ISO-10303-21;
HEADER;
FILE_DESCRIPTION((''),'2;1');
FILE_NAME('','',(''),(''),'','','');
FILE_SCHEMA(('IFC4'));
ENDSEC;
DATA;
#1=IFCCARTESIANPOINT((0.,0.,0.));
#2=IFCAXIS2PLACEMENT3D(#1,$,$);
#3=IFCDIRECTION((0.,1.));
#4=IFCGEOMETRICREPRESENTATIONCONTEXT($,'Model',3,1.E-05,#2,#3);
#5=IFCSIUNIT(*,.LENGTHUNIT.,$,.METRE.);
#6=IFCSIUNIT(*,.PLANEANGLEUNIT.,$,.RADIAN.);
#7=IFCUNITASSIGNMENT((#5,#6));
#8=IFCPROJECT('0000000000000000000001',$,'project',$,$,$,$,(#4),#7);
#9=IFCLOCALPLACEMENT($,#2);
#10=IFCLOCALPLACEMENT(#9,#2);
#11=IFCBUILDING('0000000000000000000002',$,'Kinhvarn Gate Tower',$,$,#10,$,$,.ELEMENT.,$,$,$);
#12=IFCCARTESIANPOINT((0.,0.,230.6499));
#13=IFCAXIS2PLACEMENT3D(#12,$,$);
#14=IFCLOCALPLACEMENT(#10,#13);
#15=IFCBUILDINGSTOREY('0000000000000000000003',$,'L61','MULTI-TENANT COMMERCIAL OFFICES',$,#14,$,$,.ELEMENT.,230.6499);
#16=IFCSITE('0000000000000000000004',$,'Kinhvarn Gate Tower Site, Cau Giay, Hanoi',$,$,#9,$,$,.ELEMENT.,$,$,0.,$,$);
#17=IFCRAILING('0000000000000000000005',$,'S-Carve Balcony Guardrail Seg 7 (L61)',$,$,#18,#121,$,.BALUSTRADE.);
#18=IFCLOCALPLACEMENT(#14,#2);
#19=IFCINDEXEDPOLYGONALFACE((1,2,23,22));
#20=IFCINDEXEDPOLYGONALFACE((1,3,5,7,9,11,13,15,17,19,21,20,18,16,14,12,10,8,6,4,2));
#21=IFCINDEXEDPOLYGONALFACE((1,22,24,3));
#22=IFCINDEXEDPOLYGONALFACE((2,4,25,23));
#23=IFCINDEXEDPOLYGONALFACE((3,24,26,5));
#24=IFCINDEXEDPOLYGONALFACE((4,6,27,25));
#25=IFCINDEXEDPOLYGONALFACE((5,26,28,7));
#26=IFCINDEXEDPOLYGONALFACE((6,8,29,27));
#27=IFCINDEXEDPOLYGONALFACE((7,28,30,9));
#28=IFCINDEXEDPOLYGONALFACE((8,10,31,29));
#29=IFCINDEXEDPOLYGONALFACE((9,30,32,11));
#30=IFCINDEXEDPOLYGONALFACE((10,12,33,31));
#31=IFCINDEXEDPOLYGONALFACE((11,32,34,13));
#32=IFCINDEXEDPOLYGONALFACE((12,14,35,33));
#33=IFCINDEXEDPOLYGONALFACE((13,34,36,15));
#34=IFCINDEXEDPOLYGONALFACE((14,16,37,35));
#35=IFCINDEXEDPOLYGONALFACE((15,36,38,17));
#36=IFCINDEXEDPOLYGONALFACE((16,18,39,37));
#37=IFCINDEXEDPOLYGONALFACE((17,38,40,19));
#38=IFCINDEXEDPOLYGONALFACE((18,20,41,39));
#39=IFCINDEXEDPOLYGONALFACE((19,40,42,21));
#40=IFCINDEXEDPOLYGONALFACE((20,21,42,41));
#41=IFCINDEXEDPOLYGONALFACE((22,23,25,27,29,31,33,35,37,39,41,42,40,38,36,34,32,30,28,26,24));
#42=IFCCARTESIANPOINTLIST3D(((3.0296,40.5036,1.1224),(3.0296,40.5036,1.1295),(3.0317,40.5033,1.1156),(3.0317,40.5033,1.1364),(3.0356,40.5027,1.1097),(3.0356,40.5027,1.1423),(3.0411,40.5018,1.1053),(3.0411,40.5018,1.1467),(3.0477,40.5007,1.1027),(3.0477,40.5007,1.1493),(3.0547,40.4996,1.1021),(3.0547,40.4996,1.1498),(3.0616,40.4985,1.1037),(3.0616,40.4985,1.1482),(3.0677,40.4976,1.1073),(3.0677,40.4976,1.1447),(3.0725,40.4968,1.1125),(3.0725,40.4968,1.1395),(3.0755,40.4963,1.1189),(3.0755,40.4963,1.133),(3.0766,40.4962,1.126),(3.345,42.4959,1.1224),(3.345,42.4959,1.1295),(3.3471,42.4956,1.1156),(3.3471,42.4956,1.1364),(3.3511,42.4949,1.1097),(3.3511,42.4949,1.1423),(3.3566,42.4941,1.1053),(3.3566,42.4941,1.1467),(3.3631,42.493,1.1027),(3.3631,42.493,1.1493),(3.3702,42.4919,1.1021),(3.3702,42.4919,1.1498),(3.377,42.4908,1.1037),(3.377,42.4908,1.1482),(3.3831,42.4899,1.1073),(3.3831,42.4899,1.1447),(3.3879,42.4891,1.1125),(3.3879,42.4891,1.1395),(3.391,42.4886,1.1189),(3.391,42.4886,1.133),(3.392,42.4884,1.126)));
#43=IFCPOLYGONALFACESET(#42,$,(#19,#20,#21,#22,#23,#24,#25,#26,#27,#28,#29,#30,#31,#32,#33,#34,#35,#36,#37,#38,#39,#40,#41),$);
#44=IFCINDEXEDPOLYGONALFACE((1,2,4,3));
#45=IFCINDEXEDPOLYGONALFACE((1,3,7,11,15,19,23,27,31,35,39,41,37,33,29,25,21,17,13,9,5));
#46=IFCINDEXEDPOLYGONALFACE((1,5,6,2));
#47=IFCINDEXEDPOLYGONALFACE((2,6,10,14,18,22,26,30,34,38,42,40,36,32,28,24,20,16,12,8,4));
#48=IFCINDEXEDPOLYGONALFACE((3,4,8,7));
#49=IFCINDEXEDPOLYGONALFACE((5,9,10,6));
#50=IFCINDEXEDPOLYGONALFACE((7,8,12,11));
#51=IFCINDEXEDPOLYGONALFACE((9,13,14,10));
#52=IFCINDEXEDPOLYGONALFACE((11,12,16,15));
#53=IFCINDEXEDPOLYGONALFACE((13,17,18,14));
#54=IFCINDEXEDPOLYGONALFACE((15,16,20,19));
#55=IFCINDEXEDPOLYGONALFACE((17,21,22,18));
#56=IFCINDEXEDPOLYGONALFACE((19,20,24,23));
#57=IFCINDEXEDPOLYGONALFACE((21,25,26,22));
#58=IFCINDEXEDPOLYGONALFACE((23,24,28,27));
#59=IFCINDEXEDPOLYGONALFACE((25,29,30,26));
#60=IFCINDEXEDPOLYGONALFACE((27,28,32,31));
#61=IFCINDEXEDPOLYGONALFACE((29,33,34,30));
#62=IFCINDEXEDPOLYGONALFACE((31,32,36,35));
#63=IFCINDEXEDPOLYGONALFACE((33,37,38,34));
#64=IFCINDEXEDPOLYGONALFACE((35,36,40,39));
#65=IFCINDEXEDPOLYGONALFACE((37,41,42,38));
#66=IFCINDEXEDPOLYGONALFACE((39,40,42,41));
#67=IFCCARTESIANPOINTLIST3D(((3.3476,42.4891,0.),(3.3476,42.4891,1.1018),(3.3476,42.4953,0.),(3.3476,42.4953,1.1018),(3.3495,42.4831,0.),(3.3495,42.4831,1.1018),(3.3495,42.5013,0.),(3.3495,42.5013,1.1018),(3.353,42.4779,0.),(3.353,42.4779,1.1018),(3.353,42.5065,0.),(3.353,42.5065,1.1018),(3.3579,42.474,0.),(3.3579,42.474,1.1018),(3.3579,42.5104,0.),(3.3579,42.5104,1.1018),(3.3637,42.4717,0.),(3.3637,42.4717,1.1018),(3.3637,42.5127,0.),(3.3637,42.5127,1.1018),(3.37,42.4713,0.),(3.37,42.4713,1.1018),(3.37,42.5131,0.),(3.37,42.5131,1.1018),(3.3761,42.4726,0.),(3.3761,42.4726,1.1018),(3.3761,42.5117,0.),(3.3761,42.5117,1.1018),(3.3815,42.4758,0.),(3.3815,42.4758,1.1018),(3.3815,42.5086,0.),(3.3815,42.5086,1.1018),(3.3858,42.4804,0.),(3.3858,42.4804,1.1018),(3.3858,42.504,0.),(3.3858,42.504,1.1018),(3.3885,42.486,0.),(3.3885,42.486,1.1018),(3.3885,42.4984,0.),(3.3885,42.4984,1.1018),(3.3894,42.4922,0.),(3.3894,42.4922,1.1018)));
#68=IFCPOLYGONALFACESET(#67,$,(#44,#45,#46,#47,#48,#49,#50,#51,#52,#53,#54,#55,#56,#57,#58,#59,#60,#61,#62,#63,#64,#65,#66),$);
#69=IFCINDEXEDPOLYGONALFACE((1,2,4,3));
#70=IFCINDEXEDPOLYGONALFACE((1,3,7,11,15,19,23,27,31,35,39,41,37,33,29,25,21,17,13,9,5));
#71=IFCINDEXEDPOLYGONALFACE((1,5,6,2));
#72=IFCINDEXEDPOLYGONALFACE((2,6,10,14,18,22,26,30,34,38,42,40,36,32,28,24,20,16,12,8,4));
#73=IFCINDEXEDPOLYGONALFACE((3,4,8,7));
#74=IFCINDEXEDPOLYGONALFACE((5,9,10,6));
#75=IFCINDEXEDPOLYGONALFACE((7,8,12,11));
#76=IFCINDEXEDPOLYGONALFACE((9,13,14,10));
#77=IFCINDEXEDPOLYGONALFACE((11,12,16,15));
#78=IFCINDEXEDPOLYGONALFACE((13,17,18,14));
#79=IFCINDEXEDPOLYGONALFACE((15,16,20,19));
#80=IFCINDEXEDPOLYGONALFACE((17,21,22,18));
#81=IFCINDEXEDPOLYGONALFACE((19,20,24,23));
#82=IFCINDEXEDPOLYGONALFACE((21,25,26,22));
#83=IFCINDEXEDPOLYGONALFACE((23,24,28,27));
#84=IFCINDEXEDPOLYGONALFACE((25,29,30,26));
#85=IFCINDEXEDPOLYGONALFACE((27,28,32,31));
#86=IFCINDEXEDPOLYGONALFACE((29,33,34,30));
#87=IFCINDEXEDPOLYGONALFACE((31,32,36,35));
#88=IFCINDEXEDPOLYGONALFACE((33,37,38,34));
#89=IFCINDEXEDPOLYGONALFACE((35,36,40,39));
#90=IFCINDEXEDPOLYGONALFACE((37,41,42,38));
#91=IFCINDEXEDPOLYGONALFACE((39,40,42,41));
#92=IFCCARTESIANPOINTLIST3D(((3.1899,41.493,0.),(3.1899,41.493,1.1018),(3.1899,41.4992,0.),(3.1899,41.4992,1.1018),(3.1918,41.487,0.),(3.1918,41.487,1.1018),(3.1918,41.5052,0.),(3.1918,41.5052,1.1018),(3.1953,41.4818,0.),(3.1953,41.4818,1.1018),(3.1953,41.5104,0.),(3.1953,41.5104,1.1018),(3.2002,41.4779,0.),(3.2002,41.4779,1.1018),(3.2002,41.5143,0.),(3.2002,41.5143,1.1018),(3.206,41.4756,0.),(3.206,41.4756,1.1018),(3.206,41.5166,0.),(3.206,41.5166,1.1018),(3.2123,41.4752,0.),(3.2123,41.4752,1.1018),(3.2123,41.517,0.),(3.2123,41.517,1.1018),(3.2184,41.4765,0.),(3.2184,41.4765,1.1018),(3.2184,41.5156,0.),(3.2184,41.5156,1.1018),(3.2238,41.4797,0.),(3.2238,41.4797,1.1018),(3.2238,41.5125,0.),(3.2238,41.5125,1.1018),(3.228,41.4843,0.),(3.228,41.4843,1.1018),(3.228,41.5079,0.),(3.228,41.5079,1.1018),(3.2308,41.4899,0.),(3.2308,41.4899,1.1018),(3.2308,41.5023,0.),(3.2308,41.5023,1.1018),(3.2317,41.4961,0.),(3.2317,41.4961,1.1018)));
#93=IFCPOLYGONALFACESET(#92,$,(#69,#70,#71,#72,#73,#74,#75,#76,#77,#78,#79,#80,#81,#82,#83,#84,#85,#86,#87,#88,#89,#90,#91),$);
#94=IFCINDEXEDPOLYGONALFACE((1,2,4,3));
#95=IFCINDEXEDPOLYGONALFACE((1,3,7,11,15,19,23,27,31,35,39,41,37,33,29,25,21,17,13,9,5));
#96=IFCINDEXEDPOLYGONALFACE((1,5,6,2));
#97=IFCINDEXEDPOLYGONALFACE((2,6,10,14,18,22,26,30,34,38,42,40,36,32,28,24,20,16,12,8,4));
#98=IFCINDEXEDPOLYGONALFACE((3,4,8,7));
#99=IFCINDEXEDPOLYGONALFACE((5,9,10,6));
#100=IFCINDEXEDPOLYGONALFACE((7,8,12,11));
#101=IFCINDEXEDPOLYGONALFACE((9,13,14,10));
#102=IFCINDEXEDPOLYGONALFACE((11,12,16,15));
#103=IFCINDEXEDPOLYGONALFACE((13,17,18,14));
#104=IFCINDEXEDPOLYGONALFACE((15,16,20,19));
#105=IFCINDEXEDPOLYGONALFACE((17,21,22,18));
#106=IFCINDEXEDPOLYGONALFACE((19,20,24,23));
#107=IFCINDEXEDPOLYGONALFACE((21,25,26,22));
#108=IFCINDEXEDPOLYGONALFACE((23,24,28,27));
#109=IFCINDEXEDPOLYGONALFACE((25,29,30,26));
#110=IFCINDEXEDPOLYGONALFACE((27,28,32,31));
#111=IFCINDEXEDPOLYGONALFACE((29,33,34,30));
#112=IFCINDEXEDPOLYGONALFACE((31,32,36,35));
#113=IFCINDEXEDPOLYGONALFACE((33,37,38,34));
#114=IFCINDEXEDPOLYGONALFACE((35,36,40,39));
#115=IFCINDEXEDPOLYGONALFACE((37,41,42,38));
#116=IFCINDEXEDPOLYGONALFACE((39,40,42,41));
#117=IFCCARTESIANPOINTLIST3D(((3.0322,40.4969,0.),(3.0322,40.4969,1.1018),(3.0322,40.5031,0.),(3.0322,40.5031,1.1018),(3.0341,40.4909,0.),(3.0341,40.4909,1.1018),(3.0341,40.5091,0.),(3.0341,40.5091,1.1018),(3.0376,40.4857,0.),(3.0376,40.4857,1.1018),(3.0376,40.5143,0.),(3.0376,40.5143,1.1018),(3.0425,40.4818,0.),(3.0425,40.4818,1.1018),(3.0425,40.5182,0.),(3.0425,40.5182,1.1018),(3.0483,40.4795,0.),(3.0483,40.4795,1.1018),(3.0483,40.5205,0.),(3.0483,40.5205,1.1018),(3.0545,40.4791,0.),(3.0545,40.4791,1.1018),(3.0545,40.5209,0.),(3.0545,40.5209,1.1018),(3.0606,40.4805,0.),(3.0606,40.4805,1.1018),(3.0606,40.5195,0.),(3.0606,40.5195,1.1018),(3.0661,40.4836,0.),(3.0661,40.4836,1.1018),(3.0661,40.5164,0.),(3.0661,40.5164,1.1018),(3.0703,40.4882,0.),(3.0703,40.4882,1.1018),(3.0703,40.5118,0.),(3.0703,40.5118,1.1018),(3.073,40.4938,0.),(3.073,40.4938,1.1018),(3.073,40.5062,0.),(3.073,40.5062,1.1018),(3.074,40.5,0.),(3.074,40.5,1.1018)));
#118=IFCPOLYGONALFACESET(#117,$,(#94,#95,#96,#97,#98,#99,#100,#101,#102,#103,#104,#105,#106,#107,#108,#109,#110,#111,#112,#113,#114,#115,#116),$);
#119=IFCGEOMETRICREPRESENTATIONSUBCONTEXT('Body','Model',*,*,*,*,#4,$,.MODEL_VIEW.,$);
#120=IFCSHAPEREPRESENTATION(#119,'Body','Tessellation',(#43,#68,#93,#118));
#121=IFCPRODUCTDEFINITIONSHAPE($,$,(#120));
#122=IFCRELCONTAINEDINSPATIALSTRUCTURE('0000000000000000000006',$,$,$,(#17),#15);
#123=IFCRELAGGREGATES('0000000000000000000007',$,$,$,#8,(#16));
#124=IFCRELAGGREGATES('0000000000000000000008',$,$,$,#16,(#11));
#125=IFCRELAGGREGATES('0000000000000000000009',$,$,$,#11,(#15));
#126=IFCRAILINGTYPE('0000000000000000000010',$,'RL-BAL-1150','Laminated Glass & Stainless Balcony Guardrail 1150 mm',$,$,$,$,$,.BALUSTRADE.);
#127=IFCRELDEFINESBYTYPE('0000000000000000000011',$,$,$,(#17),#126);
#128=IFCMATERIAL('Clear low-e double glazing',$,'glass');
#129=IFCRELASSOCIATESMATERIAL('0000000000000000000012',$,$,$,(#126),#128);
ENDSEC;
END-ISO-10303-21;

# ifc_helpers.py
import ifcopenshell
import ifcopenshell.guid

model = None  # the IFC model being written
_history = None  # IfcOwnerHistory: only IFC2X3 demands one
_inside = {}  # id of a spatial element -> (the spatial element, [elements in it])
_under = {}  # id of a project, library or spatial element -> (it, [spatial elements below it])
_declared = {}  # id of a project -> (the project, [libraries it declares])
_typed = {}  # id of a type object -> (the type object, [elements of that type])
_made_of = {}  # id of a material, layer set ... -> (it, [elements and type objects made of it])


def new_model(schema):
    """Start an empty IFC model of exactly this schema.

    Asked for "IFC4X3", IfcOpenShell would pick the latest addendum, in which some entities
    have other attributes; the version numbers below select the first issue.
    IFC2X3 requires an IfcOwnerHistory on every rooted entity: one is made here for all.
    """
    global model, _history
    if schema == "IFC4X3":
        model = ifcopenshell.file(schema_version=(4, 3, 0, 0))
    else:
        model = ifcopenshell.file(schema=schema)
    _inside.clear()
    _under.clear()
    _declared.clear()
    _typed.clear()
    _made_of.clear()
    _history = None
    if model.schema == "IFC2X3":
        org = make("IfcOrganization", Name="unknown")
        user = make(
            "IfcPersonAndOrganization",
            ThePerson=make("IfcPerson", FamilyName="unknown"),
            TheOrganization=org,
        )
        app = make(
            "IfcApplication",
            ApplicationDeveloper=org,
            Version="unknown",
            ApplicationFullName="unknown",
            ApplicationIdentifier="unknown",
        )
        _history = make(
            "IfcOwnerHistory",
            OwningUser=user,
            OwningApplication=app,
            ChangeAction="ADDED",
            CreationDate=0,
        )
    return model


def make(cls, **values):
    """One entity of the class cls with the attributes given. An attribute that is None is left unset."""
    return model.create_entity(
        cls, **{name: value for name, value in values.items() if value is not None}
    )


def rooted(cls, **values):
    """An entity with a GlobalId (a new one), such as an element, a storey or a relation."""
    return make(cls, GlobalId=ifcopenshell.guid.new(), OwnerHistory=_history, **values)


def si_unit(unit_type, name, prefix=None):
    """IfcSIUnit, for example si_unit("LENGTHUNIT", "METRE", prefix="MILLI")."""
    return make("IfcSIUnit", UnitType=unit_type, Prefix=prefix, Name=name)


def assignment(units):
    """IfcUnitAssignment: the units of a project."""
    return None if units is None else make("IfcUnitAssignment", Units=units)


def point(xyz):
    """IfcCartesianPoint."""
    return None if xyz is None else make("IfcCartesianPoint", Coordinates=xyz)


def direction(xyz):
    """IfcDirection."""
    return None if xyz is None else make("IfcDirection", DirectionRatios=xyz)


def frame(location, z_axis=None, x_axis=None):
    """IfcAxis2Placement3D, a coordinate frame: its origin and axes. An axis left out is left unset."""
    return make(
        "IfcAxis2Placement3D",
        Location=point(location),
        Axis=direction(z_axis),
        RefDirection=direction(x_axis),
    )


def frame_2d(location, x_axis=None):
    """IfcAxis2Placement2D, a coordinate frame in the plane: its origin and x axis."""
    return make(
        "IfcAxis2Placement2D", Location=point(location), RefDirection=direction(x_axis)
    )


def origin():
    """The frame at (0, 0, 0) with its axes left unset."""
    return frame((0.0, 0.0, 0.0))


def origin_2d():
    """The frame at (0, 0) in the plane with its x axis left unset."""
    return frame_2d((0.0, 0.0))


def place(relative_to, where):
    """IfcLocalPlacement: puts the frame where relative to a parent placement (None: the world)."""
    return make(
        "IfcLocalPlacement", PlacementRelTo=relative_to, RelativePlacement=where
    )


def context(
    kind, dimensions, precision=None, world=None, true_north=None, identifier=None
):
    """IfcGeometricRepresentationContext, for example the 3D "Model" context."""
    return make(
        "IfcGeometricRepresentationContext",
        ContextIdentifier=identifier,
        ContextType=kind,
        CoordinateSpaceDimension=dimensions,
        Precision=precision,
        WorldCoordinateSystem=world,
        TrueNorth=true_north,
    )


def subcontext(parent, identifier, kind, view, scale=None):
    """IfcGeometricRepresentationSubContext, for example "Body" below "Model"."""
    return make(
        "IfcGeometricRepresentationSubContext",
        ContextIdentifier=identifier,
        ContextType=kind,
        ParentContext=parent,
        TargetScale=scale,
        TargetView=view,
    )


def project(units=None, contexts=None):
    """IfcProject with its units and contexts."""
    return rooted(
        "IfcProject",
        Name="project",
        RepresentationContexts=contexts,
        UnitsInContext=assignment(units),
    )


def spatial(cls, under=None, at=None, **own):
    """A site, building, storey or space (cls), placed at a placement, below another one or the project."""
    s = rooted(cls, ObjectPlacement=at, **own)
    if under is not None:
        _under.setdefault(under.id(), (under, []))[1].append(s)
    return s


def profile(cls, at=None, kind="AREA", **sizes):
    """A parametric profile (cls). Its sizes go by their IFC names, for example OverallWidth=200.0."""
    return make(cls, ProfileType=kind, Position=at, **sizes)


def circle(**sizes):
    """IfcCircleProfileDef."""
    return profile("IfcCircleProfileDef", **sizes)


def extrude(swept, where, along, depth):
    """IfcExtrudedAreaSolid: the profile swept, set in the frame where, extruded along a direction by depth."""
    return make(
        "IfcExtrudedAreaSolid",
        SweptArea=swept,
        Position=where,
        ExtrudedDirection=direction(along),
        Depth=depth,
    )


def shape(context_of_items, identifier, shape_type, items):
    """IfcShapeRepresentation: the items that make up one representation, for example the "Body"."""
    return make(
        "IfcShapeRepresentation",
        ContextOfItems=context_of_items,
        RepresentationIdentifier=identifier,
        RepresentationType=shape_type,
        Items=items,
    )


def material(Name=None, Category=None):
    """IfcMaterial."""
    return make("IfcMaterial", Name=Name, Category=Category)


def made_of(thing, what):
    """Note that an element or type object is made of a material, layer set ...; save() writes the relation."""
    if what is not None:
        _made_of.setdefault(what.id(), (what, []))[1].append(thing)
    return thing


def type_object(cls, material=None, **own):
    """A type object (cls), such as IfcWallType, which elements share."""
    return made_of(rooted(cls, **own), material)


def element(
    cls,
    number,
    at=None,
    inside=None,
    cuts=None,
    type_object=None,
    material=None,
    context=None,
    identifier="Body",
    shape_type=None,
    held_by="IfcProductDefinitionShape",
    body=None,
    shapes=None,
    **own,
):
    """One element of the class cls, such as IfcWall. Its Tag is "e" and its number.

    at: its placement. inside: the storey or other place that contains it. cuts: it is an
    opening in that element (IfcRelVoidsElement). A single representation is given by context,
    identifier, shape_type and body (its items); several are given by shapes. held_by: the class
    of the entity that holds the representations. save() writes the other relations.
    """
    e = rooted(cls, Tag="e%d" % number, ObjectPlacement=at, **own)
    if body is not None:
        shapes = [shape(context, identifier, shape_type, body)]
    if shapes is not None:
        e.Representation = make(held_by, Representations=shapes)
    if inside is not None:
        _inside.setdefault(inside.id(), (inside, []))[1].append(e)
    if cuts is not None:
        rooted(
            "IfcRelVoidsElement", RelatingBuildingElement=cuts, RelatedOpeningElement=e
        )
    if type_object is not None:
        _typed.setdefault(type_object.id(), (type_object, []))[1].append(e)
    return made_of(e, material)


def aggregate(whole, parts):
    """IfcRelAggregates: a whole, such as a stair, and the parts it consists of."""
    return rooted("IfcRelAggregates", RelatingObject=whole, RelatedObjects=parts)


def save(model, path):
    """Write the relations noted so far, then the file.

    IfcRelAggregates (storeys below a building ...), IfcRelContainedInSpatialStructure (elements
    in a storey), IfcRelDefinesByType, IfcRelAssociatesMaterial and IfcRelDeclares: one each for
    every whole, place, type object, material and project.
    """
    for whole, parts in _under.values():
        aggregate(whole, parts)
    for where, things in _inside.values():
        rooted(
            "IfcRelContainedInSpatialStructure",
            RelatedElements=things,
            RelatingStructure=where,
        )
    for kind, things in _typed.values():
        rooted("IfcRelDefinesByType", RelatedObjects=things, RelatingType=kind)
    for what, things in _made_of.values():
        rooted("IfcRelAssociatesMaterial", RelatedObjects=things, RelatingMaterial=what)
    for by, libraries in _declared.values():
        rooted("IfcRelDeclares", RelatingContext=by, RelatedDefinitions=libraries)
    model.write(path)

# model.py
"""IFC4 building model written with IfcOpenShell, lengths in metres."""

from ifc_helpers import new_model, si_unit, direction, frame, origin, origin_2d, place, context, subcontext, project, spatial, circle, extrude, material, type_object, element, save


model = new_model("IFC4")

# Units and contexts
model_context = context("Model", 3, precision=1e-05, world=origin(), true_north=direction((0.0, 1.0)))
body_context = subcontext(model_context, "Body", "Model", "MODEL_VIEW")
ifc_project = project(units=[si_unit("LENGTHUNIT", "METRE"), si_unit("PLANEANGLEUNIT", "RADIAN")], contexts=[model_context])

# Site, building, storey
site_placement = place(None, origin())
site = spatial("IfcSite", under=ifc_project, at=site_placement, Name="Kinhvarn Gate Tower Site, Cau Giay, Hanoi", CompositionType="ELEMENT", RefElevation=0.0)
building_placement = place(site_placement, origin())
building = spatial("IfcBuilding", under=site, at=building_placement, Name="Kinhvarn Gate Tower", CompositionType="ELEMENT")
storey_placement = place(building_placement, frame((0.0, 0.0, 230.6499)))
storey = spatial("IfcBuildingStorey", under=building, at=storey_placement, Name="L61", Description="MULTI-TENANT COMMERCIAL OFFICES", CompositionType="ELEMENT", Elevation=230.6499)

# Shared definitions
ifc_material_1 = material(Name="Clear low-e double glazing", Category="glass")

# Railing
railing_type = type_object("IfcRailingType", Name="RL-BAL-1150", Description="Laminated Glass & Stainless Balcony Guardrail 1150 mm", PredefinedType="BALUSTRADE", material=ifc_material_1)
railing_1_placement = place(storey_placement, frame((3.3684, 42.4922, 0.0)))
element("IfcRailing", 1, at=railing_1_placement, inside=storey, type_object=railing_type, Name="S-Carve Balcony Guardrail Seg 7 (L61)", PredefinedType="BALUSTRADE", context=body_context, shape_type="SweptSolid", body=[
    extrude(circle(Radius=0.0239, at=origin_2d()), frame((0.0, 0.0, 1.126), z_axis=(-0.156385, -0.987696, 0.0), x_axis=(0.987696, -0.156385, 0.0)), (0.0, 0.0, 1.0), 2.0171),
    extrude(circle(Radius=0.021, at=origin_2d()), origin(), (0.0, 0.0, 1.0), 1.1018),
    extrude(circle(Radius=0.021, at=origin_2d()), frame((-0.1577, -0.9961, 0.0)), (0.0, 0.0, 1.0), 1.1018),
    extrude(circle(Radius=0.021, at=origin_2d()), frame((-0.3154, -1.9922, 0.0)), (0.0, 0.0, 1.0), 1.1018),
])

save(model, "model.ifc")
